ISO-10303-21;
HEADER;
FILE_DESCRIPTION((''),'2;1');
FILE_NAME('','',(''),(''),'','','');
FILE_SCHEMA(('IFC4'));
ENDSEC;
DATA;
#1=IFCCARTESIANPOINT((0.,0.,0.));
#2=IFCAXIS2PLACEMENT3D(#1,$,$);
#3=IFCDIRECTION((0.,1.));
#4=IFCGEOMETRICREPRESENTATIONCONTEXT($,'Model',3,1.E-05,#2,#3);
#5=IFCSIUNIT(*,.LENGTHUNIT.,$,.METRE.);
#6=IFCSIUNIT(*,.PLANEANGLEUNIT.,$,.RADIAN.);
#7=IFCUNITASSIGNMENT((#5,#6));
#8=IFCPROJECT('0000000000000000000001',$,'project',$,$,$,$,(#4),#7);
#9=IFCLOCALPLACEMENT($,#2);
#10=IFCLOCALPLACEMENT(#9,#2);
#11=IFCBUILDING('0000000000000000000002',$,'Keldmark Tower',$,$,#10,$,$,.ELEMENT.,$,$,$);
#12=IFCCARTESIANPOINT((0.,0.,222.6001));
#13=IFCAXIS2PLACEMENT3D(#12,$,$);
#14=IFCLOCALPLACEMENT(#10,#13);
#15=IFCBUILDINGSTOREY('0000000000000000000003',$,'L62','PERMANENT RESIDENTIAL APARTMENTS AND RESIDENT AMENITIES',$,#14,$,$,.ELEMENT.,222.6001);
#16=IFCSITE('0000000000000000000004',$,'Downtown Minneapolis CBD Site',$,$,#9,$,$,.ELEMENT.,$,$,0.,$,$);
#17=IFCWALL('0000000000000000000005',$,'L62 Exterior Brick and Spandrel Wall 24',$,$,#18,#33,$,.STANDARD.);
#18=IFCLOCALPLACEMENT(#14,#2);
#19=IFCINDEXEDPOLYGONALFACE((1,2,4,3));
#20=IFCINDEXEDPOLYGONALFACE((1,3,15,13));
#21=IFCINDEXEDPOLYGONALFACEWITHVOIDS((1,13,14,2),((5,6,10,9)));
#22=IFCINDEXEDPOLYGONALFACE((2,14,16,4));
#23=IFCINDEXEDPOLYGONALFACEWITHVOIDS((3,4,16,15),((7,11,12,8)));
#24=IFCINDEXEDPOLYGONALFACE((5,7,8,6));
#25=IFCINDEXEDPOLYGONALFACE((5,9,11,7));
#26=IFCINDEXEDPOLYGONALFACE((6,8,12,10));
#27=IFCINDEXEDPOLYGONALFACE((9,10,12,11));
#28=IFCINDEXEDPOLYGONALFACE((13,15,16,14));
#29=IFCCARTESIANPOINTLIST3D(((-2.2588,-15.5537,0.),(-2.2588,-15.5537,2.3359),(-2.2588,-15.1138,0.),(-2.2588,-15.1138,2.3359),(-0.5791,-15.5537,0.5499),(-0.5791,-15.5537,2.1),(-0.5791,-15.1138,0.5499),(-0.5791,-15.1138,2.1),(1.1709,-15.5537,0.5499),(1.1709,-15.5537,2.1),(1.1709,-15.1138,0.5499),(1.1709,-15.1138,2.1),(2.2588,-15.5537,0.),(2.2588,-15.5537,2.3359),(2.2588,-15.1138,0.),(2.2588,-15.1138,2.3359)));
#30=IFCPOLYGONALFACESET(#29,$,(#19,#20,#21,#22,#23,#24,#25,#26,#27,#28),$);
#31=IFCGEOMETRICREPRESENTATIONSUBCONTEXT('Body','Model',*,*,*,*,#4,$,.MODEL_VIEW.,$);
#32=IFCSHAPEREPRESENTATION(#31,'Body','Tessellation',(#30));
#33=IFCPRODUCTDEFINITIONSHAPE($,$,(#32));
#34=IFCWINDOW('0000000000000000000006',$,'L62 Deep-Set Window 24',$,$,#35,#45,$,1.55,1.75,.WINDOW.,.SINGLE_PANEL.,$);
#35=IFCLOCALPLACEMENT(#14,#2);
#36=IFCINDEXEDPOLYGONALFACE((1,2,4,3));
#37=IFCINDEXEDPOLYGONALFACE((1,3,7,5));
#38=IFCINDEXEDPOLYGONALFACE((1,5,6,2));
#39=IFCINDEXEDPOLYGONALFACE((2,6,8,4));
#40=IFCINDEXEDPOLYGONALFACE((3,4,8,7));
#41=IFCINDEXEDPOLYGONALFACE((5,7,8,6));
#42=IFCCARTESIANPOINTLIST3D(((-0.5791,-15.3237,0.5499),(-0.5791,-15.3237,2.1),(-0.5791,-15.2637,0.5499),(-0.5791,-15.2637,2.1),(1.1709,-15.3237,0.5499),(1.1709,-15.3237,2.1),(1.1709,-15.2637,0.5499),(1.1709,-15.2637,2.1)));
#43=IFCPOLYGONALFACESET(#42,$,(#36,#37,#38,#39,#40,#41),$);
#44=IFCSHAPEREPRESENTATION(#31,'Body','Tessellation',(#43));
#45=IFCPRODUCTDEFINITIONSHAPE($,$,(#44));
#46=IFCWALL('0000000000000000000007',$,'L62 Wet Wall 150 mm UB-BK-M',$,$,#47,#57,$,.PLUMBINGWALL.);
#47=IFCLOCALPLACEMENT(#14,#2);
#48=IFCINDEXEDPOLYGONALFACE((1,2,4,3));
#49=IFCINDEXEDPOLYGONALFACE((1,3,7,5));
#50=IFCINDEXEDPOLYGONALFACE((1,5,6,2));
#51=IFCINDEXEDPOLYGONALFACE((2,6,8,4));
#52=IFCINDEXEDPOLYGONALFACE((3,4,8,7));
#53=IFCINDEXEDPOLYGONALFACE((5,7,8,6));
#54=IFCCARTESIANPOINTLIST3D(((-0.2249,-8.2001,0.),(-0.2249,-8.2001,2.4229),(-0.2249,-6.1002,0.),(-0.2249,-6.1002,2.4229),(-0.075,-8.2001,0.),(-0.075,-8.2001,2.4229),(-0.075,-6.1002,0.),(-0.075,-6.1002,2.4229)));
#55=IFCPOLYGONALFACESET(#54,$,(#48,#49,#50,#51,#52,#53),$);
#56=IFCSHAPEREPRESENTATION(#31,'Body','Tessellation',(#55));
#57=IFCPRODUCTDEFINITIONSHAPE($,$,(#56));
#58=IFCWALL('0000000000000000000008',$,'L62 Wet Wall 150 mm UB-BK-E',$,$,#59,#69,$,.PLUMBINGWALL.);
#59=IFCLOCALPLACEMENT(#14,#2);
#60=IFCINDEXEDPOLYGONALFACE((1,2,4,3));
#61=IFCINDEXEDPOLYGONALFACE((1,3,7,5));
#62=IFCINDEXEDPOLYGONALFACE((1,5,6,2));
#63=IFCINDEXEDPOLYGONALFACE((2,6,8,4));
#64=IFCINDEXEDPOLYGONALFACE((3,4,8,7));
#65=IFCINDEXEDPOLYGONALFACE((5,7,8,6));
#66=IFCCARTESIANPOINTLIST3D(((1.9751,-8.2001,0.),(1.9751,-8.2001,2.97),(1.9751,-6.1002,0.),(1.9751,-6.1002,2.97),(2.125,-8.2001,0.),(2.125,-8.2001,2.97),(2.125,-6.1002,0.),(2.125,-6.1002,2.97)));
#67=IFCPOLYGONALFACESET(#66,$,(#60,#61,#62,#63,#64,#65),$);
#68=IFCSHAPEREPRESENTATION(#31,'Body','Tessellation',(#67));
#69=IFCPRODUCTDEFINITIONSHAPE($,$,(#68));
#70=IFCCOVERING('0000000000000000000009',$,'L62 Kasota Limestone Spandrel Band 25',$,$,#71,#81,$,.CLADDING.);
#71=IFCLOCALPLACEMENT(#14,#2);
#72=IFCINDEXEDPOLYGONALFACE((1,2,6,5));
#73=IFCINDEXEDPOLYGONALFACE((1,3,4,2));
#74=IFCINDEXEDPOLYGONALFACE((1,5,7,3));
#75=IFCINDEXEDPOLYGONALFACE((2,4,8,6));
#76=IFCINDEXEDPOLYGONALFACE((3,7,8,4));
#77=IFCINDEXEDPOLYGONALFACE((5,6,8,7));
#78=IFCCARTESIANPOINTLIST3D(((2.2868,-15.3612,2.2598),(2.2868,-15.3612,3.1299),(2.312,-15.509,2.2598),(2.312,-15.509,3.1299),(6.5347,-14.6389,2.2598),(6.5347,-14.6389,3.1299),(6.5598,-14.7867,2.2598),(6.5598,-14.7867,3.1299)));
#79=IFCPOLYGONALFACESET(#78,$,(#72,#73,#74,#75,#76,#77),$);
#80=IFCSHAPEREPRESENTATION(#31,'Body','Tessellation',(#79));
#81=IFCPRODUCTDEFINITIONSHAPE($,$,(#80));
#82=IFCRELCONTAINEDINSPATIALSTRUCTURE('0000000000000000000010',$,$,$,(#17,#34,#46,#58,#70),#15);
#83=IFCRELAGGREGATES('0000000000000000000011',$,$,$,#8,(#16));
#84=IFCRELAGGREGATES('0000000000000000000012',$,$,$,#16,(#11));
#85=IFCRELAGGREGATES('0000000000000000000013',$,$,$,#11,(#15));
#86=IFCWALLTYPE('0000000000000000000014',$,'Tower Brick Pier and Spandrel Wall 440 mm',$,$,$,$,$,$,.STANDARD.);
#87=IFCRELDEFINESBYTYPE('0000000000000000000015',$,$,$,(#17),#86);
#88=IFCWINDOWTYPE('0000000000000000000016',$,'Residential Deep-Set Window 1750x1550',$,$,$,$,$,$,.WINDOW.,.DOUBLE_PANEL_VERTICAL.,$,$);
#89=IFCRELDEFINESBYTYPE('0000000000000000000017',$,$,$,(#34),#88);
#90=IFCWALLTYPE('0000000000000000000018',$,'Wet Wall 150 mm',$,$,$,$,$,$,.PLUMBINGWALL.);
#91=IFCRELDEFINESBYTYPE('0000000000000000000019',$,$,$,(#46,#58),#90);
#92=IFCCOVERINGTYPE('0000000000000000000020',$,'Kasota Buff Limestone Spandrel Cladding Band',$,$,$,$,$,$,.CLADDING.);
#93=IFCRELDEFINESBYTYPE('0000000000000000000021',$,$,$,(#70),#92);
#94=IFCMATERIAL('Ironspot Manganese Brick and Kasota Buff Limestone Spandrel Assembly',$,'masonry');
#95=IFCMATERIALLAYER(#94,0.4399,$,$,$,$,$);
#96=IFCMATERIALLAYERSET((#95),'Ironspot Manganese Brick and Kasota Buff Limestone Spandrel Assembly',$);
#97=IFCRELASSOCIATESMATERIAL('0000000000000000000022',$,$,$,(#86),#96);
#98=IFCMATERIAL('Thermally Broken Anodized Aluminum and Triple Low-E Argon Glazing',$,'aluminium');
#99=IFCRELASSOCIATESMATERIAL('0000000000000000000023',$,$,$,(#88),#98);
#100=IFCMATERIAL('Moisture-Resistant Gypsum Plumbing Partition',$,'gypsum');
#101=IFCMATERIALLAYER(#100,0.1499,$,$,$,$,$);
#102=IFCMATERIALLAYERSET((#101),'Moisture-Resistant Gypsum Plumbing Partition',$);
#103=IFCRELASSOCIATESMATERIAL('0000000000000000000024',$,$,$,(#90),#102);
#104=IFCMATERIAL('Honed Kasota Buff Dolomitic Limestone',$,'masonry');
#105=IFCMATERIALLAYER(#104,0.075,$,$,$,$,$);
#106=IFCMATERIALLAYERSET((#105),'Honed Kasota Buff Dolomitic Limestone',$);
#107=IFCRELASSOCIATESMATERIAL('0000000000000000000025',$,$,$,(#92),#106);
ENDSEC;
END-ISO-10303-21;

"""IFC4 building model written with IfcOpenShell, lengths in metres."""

from ifc_helpers import new_model, si_unit, direction, frame, frame_2d, origin, origin_2d, place, context, subcontext, project, spatial, rectangle, extrude, material, layer, layer_set, type_object, element, fill, save


model = new_model("IFC4")

# Units and contexts
model_context = context("Model", 3, precision=1e-05, world=origin(), true_north=direction((0.0, 1.0)))
body_context = subcontext(model_context, "Body", "Model", "MODEL_VIEW")
ifc_project = project(units=[si_unit("LENGTHUNIT", "METRE"), si_unit("PLANEANGLEUNIT", "RADIAN")], contexts=[model_context])

# Site, building, storey
site_placement = place(None, origin())
site = spatial("IfcSite", under=ifc_project, at=site_placement, Name="Downtown Minneapolis CBD Site", CompositionType="ELEMENT", RefElevation=0.0)
building_placement = place(site_placement, origin())
building = spatial("IfcBuilding", under=site, at=building_placement, Name="Keldmark Tower", CompositionType="ELEMENT")
storey_placement = place(building_placement, frame((0.0, 0.0, 222.6001)))
storey = spatial("IfcBuildingStorey", under=building, at=storey_placement, Name="L62", Description="PERMANENT RESIDENTIAL APARTMENTS AND RESIDENT AMENITIES", CompositionType="ELEMENT", Elevation=222.6001)

# Wall, opening, window
ifc_material_1 = material(Name="Ironspot Manganese Brick and Kasota Buff Limestone Spandrel Assembly", Category="masonry")
ifc_layer_1 = layer(ifc_material_1, 0.4399)
ifc_layer_set_1 = layer_set([ifc_layer_1], Name="Ironspot Manganese Brick and Kasota Buff Limestone Spandrel Assembly")
wall_type_1 = type_object("IfcWallType", Name="Tower Brick Pier and Spandrel Wall 440 mm", PredefinedType="STANDARD", material=ifc_layer_set_1)
wall_1_placement = place(storey_placement, frame((2.2588, -15.3337, 0.0), z_axis=(0.0, 0.0, 1.0), x_axis=(-1.0, 0.0, 0.0)))
wall_1 = element("IfcWall", 1, at=wall_1_placement, inside=storey, type_object=wall_type_1, Name="L62 Exterior Brick and Spandrel Wall 24", PredefinedType="STANDARD", context=body_context, shape_type="SweptSolid", body=[
    extrude(rectangle(XDim=4.5176, YDim=0.4399, at=frame_2d((2.2588, 0.0))), origin(), (0.0, 0.0, 1.0), 2.3359),
])
opening_placement = place(wall_1_placement, frame((1.0879, 0.0, 0.55)))
opening = element("IfcOpeningElement", 2, at=opening_placement, cuts=wall_1, PredefinedType="OPENING", context=body_context, shape_type="SweptSolid", body=[
    extrude(rectangle(XDim=1.75, YDim=1.55, at=frame_2d((0.875, 0.7749))), frame((0.0, 0.23, 0.0), z_axis=(0.0, -1.0, 0.0), x_axis=(1.0, 0.0, 0.0)), (0.0, 0.0, 1.0), 0.46),
])
ifc_material_2 = material(Name="Thermally Broken Anodized Aluminum and Triple Low-E Argon Glazing", Category="aluminium")
window_type = type_object("IfcWindowType", Name="Residential Deep-Set Window 1750x1550", PartitioningType="DOUBLE_PANEL_VERTICAL", PredefinedType="WINDOW", material=ifc_material_2)
window_placement = place(opening_placement, origin())
window = element("IfcWindow", 3, at=window_placement, inside=storey, type_object=window_type, Name="L62 Deep-Set Window 24", OverallHeight=1.55, OverallWidth=1.75, PartitioningType="SINGLE_PANEL", PredefinedType="WINDOW", context=body_context, shape_type="SweptSolid", body=[
    extrude(rectangle(XDim=1.75, YDim=1.55, at=frame_2d((0.875, 0.7749))), frame((0.0, -0.01, 0.0), z_axis=(0.0, -1.0, 0.0), x_axis=(1.0, 0.0, 0.0)), (0.0, 0.0, 1.0), 0.0601),
])
fill(opening, window)

# Walls
ifc_material_3 = material(Name="Moisture-Resistant Gypsum Plumbing Partition", Category="gypsum")
ifc_layer_2 = layer(ifc_material_3, 0.1499)
ifc_layer_set_2 = layer_set([ifc_layer_2], Name="Moisture-Resistant Gypsum Plumbing Partition")
wall_type_2 = type_object("IfcWallType", Name="Wet Wall 150 mm", PredefinedType="PLUMBINGWALL", material=ifc_layer_set_2)
wall_2_placement = place(storey_placement, frame((-0.1499, -8.2, 0.0), z_axis=(0.0, 0.0, 1.0), x_axis=(0.0, 1.0, 0.0)))
element("IfcWall", 4, at=wall_2_placement, inside=storey, type_object=wall_type_2, Name="L62 Wet Wall 150 mm UB-BK-M", PredefinedType="PLUMBINGWALL", context=body_context, shape_type="SweptSolid", body=[
    extrude(rectangle(XDim=2.0999, YDim=0.1499, at=frame_2d((1.0498, 0.0))), origin(), (0.0, 0.0, 1.0), 2.4229),
])
wall_3_placement = place(storey_placement, frame((2.05, -8.2, 0.0), z_axis=(0.0, 0.0, 1.0), x_axis=(0.0, 1.0, 0.0)))
element("IfcWall", 5, at=wall_3_placement, inside=storey, type_object=wall_type_2, Name="L62 Wet Wall 150 mm UB-BK-E", PredefinedType="PLUMBINGWALL", context=body_context, shape_type="SweptSolid", body=[
    extrude(rectangle(XDim=2.0999, YDim=0.1499, at=frame_2d((1.0498, 0.0))), origin(), (0.0, 0.0, 1.0), 2.97),
])

# Covering
ifc_material_4 = material(Name="Honed Kasota Buff Dolomitic Limestone", Category="masonry")
ifc_layer_3 = layer(ifc_material_4, 0.075)
ifc_layer_set_3 = layer_set([ifc_layer_3], Name="Honed Kasota Buff Dolomitic Limestone")
covering_type = type_object("IfcCoveringType", Name="Kasota Buff Limestone Spandrel Cladding Band", PredefinedType="CLADDING", material=ifc_layer_set_3)
covering_placement = place(storey_placement, frame((4.4233, -15.074, 2.2598), z_axis=(0.0, 0.0, 1.0), x_axis=(0.98585, 0.167629, 0.0)))
element("IfcCovering", 6, at=covering_placement, inside=storey, type_object=covering_type, Name="L62 Kasota Limestone Spandrel Band 25", PredefinedType="CLADDING", context=body_context, shape_type="SweptSolid", body=[
    extrude(rectangle(XDim=4.3088, YDim=0.1499, at=origin_2d()), origin(), (0.0, 0.0, 1.0), 0.8701),
])

save(model, "model.ifc")
